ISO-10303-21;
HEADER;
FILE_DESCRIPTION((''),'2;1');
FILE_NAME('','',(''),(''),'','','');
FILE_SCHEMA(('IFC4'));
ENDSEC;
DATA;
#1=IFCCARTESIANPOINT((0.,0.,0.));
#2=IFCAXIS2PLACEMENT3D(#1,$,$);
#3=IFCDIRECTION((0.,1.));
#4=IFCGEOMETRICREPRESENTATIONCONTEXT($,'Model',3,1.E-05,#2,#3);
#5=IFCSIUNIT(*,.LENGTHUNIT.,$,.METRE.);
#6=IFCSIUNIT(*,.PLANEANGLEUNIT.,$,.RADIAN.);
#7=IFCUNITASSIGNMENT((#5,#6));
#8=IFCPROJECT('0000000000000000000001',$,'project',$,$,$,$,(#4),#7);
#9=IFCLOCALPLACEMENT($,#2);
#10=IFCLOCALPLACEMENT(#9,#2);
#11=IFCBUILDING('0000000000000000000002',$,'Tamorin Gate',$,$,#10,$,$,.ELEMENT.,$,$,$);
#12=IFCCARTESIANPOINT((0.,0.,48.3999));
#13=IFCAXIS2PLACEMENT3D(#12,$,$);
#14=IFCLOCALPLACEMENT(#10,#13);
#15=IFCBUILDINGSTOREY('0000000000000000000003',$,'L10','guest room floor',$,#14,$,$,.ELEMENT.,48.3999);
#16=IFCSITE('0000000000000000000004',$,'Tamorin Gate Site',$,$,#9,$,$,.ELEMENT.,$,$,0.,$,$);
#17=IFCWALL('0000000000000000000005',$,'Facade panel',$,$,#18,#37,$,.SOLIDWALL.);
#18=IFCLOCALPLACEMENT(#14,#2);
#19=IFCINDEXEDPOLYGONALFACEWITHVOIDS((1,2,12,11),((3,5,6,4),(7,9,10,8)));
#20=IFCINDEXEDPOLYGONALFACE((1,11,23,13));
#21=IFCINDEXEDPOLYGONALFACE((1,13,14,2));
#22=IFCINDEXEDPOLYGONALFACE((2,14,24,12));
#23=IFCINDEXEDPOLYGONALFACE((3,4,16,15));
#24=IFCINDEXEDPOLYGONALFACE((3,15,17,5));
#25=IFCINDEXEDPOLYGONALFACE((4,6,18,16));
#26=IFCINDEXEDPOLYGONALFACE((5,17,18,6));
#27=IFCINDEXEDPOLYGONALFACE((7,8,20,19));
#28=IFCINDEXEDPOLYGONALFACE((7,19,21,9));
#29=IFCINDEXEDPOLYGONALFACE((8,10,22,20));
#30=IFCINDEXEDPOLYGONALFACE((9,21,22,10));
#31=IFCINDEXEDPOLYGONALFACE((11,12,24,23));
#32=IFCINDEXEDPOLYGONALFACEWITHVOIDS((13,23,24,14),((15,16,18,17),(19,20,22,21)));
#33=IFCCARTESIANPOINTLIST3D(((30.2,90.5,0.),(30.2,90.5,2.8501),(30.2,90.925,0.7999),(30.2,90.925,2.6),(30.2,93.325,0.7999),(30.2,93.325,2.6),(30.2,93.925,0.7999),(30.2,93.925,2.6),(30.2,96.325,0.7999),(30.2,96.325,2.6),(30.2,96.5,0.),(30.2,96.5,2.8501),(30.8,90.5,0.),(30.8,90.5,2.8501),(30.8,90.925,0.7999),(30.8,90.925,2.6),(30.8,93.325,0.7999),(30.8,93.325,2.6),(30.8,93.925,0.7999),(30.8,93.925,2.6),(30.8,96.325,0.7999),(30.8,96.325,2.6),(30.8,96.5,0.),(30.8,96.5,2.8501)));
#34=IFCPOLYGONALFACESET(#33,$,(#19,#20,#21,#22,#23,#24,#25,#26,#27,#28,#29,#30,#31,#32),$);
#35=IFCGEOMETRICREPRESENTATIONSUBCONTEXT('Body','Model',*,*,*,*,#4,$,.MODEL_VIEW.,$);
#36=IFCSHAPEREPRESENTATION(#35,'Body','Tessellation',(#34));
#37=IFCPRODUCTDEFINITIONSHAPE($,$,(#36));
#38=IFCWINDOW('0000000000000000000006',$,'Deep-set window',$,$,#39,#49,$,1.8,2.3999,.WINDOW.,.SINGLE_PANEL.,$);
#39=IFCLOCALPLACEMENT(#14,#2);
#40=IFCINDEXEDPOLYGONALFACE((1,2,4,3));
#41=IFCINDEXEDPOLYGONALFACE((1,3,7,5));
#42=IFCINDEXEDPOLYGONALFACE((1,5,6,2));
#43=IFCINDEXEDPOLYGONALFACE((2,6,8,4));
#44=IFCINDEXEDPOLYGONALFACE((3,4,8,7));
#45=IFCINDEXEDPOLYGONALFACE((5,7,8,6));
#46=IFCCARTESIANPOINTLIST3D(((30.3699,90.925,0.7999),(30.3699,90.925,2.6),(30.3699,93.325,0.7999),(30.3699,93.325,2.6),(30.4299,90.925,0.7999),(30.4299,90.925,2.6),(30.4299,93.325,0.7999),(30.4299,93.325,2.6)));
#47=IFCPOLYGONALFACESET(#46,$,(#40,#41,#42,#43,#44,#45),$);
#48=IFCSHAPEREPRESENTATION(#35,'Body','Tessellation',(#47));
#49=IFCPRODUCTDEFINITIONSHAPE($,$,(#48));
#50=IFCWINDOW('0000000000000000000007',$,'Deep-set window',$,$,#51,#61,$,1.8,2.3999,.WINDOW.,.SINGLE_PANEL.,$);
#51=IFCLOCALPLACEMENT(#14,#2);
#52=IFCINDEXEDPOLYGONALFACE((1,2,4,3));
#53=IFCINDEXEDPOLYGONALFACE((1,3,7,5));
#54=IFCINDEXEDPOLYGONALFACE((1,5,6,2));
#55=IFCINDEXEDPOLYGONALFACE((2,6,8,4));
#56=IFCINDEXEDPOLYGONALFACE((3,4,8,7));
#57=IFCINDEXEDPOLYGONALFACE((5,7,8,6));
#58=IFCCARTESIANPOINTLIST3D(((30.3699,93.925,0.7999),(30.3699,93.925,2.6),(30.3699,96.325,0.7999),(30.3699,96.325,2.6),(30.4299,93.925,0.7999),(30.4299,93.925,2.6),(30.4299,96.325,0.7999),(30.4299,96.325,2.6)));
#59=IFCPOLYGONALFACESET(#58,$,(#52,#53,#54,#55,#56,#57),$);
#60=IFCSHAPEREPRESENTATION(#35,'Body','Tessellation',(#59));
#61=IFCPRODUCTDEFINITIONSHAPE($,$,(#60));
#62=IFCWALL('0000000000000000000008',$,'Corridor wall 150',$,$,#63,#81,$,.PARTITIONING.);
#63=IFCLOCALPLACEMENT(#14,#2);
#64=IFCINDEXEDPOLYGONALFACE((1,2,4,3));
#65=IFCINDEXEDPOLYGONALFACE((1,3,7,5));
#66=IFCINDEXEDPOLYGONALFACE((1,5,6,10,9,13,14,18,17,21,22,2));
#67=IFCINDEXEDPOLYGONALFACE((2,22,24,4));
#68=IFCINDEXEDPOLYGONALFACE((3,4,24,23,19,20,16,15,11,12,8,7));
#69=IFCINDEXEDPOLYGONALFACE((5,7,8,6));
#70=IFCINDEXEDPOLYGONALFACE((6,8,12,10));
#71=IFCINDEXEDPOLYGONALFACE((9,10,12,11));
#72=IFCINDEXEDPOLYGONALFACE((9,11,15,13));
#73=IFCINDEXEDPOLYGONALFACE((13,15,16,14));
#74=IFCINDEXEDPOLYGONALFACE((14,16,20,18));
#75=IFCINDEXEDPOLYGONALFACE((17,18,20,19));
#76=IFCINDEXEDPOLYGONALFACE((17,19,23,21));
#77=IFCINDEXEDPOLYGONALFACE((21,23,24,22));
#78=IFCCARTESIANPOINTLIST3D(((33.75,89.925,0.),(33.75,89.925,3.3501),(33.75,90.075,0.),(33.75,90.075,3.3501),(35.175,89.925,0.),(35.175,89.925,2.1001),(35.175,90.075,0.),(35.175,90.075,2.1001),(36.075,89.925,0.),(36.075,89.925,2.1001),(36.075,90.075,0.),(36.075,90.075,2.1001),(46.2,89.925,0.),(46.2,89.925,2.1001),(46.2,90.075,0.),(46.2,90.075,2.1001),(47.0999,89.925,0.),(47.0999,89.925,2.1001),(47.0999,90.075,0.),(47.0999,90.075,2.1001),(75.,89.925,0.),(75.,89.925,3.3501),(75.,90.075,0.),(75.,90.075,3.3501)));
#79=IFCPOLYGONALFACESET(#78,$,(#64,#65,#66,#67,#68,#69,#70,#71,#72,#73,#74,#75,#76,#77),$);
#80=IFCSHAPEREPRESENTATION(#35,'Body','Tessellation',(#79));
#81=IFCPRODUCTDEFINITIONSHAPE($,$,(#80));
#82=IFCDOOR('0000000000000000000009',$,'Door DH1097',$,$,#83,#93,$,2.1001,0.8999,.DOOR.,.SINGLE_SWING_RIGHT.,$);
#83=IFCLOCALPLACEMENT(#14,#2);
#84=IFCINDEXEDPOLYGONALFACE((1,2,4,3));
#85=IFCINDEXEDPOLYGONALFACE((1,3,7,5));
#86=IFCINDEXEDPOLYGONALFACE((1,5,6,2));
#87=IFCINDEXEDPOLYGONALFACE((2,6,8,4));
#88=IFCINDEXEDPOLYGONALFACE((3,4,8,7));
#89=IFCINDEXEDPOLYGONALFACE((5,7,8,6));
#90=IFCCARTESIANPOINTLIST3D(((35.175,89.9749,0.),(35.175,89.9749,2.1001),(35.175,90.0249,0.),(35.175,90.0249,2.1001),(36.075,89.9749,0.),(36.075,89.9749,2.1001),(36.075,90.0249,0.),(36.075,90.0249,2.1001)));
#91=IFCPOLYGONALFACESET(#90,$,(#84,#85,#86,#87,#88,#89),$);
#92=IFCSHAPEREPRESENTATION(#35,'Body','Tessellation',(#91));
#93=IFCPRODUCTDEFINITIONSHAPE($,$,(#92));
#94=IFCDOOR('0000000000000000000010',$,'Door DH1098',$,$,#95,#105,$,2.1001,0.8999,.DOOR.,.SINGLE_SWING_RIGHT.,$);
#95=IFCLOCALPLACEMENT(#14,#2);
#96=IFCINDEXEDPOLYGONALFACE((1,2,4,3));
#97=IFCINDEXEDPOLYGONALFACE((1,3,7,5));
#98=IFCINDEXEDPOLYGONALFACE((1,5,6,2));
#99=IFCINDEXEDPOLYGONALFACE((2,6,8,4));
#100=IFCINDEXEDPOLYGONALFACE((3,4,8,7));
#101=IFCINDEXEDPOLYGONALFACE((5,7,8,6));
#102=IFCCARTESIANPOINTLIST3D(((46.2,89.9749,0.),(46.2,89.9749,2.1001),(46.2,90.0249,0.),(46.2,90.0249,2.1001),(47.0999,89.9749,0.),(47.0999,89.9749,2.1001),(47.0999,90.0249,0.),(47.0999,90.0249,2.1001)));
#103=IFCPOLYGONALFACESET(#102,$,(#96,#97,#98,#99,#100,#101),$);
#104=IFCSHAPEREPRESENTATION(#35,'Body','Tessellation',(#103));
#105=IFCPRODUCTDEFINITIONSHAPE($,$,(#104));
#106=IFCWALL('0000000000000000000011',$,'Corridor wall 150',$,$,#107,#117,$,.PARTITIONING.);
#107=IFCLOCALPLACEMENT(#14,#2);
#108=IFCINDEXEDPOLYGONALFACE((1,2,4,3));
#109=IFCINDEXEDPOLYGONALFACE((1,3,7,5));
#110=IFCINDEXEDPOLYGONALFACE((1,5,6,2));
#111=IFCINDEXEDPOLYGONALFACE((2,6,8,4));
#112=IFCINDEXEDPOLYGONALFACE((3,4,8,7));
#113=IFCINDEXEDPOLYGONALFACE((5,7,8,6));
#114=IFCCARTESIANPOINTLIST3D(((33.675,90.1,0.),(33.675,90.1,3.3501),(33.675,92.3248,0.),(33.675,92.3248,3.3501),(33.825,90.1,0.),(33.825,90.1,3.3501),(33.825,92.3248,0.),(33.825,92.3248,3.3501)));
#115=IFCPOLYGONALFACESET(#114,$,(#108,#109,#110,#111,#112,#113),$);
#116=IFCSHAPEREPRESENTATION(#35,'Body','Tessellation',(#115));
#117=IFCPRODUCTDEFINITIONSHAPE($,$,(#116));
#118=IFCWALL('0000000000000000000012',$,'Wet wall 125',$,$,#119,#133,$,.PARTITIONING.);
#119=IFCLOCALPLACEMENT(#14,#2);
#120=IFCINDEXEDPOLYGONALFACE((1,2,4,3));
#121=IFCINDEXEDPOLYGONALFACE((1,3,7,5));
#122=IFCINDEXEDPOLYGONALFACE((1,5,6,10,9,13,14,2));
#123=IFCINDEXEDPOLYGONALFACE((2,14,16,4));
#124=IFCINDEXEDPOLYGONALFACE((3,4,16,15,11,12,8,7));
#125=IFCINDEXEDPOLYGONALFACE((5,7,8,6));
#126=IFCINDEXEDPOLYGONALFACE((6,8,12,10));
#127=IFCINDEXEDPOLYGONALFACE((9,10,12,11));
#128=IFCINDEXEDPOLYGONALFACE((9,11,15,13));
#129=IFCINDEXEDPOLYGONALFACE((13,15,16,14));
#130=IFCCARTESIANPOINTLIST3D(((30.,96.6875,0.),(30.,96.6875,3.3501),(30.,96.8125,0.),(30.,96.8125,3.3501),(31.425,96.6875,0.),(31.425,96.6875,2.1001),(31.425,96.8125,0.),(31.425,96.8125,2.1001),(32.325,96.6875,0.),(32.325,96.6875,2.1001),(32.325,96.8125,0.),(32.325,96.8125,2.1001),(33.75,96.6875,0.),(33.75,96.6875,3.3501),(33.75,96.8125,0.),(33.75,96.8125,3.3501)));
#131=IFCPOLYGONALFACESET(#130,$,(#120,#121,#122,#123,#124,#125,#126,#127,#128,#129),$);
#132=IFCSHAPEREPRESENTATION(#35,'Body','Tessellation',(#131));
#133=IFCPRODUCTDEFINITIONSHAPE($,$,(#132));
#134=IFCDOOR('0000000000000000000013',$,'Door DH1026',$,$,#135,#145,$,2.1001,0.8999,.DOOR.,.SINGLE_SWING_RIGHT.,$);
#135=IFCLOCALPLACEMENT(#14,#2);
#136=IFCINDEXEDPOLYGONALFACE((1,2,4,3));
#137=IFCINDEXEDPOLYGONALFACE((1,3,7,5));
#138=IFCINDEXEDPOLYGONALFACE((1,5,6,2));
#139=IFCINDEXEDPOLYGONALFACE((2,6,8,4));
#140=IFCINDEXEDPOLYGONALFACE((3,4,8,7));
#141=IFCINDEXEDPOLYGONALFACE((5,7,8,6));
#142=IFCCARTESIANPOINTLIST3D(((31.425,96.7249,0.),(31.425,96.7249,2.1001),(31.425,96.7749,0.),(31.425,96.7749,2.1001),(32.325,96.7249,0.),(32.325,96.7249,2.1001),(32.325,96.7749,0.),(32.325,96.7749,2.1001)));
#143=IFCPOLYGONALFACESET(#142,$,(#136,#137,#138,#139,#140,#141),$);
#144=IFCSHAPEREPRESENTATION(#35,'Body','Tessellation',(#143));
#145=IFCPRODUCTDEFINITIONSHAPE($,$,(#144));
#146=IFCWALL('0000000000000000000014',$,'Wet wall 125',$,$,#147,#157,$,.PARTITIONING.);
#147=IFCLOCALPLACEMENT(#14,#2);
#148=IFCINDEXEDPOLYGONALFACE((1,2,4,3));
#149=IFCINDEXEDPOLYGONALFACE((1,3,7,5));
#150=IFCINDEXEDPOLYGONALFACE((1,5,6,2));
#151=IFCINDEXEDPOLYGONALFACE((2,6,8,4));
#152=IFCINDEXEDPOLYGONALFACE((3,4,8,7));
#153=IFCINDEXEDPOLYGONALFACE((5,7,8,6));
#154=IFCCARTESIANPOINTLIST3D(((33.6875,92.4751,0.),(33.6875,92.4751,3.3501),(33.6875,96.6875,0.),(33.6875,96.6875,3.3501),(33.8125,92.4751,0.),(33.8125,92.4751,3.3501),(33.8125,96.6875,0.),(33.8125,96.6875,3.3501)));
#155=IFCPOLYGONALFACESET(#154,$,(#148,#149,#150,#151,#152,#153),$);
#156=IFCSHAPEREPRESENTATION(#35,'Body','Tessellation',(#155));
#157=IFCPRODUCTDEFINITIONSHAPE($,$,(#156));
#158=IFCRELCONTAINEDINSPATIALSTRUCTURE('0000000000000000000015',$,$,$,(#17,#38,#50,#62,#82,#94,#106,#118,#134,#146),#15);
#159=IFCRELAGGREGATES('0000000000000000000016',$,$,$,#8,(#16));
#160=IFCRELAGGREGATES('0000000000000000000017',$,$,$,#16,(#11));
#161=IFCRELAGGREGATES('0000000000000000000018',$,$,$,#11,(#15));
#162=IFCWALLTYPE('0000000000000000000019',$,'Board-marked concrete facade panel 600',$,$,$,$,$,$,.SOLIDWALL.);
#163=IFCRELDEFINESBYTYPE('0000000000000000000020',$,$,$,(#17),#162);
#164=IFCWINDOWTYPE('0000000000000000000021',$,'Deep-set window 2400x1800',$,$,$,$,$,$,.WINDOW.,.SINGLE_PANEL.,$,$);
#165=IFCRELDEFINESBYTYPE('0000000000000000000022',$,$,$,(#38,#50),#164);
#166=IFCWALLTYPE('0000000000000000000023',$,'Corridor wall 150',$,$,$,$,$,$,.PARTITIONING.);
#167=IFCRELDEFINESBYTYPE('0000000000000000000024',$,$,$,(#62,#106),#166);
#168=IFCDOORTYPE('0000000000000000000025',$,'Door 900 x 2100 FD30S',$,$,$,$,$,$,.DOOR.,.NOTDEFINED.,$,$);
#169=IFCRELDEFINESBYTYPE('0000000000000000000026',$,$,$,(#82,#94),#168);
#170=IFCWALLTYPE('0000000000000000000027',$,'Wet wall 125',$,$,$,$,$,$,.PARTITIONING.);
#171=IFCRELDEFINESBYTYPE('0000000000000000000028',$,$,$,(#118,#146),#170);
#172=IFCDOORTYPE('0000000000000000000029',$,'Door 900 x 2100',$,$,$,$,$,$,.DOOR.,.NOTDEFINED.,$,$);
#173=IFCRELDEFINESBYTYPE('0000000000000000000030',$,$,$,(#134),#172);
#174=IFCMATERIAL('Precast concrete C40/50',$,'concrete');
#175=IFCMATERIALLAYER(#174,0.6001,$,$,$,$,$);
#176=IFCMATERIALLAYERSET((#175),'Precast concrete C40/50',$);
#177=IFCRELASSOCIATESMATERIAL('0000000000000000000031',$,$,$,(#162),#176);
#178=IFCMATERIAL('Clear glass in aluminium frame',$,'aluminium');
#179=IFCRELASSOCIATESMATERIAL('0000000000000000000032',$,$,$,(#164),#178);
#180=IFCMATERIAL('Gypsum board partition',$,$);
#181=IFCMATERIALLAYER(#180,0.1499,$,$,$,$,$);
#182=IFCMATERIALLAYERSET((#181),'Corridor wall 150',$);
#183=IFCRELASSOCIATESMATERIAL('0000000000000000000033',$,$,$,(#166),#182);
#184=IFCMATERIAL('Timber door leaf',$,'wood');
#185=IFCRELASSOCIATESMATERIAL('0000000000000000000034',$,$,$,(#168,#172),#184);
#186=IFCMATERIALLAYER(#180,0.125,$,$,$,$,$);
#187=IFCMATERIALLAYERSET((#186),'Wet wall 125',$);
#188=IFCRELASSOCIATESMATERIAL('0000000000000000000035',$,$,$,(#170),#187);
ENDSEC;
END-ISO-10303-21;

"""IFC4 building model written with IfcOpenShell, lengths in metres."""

from ifc_helpers import new_model, si_unit, direction, frame, frame_2d, origin, place, context, subcontext, project, spatial, rectangle, extrude, material, layer, layer_set, type_object, element, fill, save


model = new_model("IFC4")

# Units and contexts
model_context = context("Model", 3, precision=1e-05, world=origin(), true_north=direction((0.0, 1.0)))
body_context = subcontext(model_context, "Body", "Model", "MODEL_VIEW")
ifc_project = project(units=[si_unit("LENGTHUNIT", "METRE"), si_unit("PLANEANGLEUNIT", "RADIAN")], contexts=[model_context])

# Site, building, storey
site_placement = place(None, origin())
site = spatial("IfcSite", under=ifc_project, at=site_placement, Name="Tamorin Gate Site", CompositionType="ELEMENT", RefElevation=0.0)
building_placement = place(site_placement, origin())
building = spatial("IfcBuilding", under=site, at=building_placement, Name="Tamorin Gate", CompositionType="ELEMENT")
storey_placement = place(building_placement, frame((0.0, 0.0, 48.3999)))
storey = spatial("IfcBuildingStorey", under=building, at=storey_placement, Name="L10", Description="guest room floor", CompositionType="ELEMENT", Elevation=48.3999)

# Wall, openings, windows
ifc_material_1 = material(Name="Precast concrete C40/50", Category="concrete")
ifc_layer_1 = layer(ifc_material_1, 0.6001)
ifc_layer_set_1 = layer_set([ifc_layer_1], Name="Precast concrete C40/50")
wall_type_1 = type_object("IfcWallType", Name="Board-marked concrete facade panel 600", PredefinedType="SOLIDWALL", material=ifc_layer_set_1)
wall_1_placement = place(storey_placement, frame((30.5, 96.5, 0.0), z_axis=(0.0, 0.0, 1.0), x_axis=(0.0, -1.0, 0.0)))
wall_1 = element("IfcWall", 1, at=wall_1_placement, inside=storey, type_object=wall_type_1, Name="Facade panel", PredefinedType="SOLIDWALL", context=body_context, shape_type="SweptSolid", body=[
    extrude(rectangle(XDim=6.0, YDim=0.6001, at=frame_2d((3.0, 0.0))), origin(), (0.0, 0.0, 1.0), 2.8501),
])
opening_1_placement = place(wall_1_placement, frame((3.175, 0.0, 0.8)))
opening_1 = element("IfcOpeningElement", 2, at=opening_1_placement, cuts=wall_1, PredefinedType="OPENING", context=body_context, shape_type="SweptSolid", body=[
    extrude(rectangle(XDim=2.3999, YDim=1.8, at=frame_2d((1.2, 0.8999))), frame((0.0, 0.3101, 0.0), z_axis=(0.0, -1.0, 0.0), x_axis=(1.0, 0.0, 0.0)), (0.0, 0.0, 1.0), 0.6201),
])
opening_2_placement = place(wall_1_placement, frame((0.175, 0.0, 0.8)))
opening_2 = element("IfcOpeningElement", 3, at=opening_2_placement, cuts=wall_1, PredefinedType="OPENING", context=body_context, shape_type="SweptSolid", body=[
    extrude(rectangle(XDim=2.3999, YDim=1.8, at=frame_2d((1.2, 0.8999))), frame((0.0, 0.3101, 0.0), z_axis=(0.0, -1.0, 0.0), x_axis=(1.0, 0.0, 0.0)), (0.0, 0.0, 1.0), 0.6201),
])
ifc_material_2 = material(Name="Clear glass in aluminium frame", Category="aluminium")
window_type = type_object("IfcWindowType", Name="Deep-set window 2400x1800", PartitioningType="SINGLE_PANEL", PredefinedType="WINDOW", material=ifc_material_2)
window_1_placement = place(opening_1_placement, origin())
window_1 = element("IfcWindow", 4, at=window_1_placement, inside=storey, type_object=window_type, Name="Deep-set window", OverallHeight=1.8, OverallWidth=2.3999, PartitioningType="SINGLE_PANEL", PredefinedType="WINDOW", context=body_context, shape_type="SweptSolid", body=[
    extrude(rectangle(XDim=2.3999, YDim=1.8, at=frame_2d((1.2, 0.8999))), frame((0.0, -0.0701, 0.0), z_axis=(0.0, -1.0, 0.0), x_axis=(1.0, 0.0, 0.0)), (0.0, 0.0, 1.0), 0.0601),
])
fill(opening_1, window_1)
window_2_placement = place(opening_2_placement, origin())
window_2 = element("IfcWindow", 5, at=window_2_placement, inside=storey, type_object=window_type, Name="Deep-set window", OverallHeight=1.8, OverallWidth=2.3999, PartitioningType="SINGLE_PANEL", PredefinedType="WINDOW", context=body_context, shape_type="SweptSolid", body=[
    extrude(rectangle(XDim=2.3999, YDim=1.8, at=frame_2d((1.2, 0.8999))), frame((0.0, -0.0701, 0.0), z_axis=(0.0, -1.0, 0.0), x_axis=(1.0, 0.0, 0.0)), (0.0, 0.0, 1.0), 0.0601),
])
fill(opening_2, window_2)

# Wall, openings, doors
ifc_material_3 = material(Name="Gypsum board partition")
ifc_layer_2 = layer(ifc_material_3, 0.1499)
ifc_layer_set_2 = layer_set([ifc_layer_2], Name="Corridor wall 150")
wall_type_2 = type_object("IfcWallType", Name="Corridor wall 150", PredefinedType="PARTITIONING", material=ifc_layer_set_2)
wall_2_placement = place(storey_placement, frame((33.75, 90.0, 0.0), z_axis=(0.0, 0.0, 1.0), x_axis=(1.0, 0.0, 0.0)))
wall_2 = element("IfcWall", 6, at=wall_2_placement, inside=storey, type_object=wall_type_2, Name="Corridor wall 150", PredefinedType="PARTITIONING", context=body_context, shape_type="SweptSolid", body=[
    extrude(rectangle(XDim=41.25, YDim=0.1499, at=frame_2d((20.625, 0.0))), origin(), (0.0, 0.0, 1.0), 3.3501),
])
opening_3_placement = place(wall_2_placement, frame((1.425, 0.0, 0.0)))
opening_3 = element("IfcOpeningElement", 7, at=opening_3_placement, cuts=wall_2, PredefinedType="OPENING", context=body_context, shape_type="SweptSolid", body=[
    extrude(rectangle(XDim=0.8999, YDim=2.1001, at=frame_2d((0.45, 1.05))), frame((0.0, 0.085, 0.0), z_axis=(0.0, -1.0, 0.0), x_axis=(1.0, 0.0, 0.0)), (0.0, 0.0, 1.0), 0.1699),
])
opening_4_placement = place(wall_2_placement, frame((12.45, 0.0, 0.0)))
opening_4 = element("IfcOpeningElement", 8, at=opening_4_placement, cuts=wall_2, PredefinedType="OPENING", context=body_context, shape_type="SweptSolid", body=[
    extrude(rectangle(XDim=0.8999, YDim=2.1001, at=frame_2d((0.45, 1.05))), frame((0.0, 0.085, 0.0), z_axis=(0.0, -1.0, 0.0), x_axis=(1.0, 0.0, 0.0)), (0.0, 0.0, 1.0), 0.1699),
])
ifc_material_4 = material(Name="Timber door leaf", Category="wood")
door_type_1 = type_object("IfcDoorType", Name="Door 900 x 2100 FD30S", OperationType="NOTDEFINED", PredefinedType="DOOR", material=ifc_material_4)
door_1_placement = place(opening_3_placement, origin())
door_1 = element("IfcDoor", 9, at=door_1_placement, inside=storey, type_object=door_type_1, Name="Door DH1097", OperationType="SINGLE_SWING_RIGHT", OverallHeight=2.1001, OverallWidth=0.8999, PredefinedType="DOOR", context=body_context, shape_type="SweptSolid", body=[
    extrude(rectangle(XDim=0.8999, YDim=2.1001, at=frame_2d((0.45, 1.05))), frame((0.0, 0.0249, 0.0), z_axis=(0.0, -1.0, 0.0), x_axis=(1.0, 0.0, 0.0)), (0.0, 0.0, 1.0), 0.05),
])
fill(opening_3, door_1)
door_2_placement = place(opening_4_placement, origin())
door_2 = element("IfcDoor", 10, at=door_2_placement, inside=storey, type_object=door_type_1, Name="Door DH1098", OperationType="SINGLE_SWING_RIGHT", OverallHeight=2.1001, OverallWidth=0.8999, PredefinedType="DOOR", context=body_context, shape_type="SweptSolid", body=[
    extrude(rectangle(XDim=0.8999, YDim=2.1001, at=frame_2d((0.45, 1.05))), frame((0.0, 0.0249, 0.0), z_axis=(0.0, -1.0, 0.0), x_axis=(1.0, 0.0, 0.0)), (0.0, 0.0, 1.0), 0.05),
])
fill(opening_4, door_2)

# Wall
wall_3_placement = place(storey_placement, frame((33.75, 90.1001, 0.0), z_axis=(0.0, 0.0, 1.0), x_axis=(0.0, 1.0, 0.0)))
element("IfcWall", 11, at=wall_3_placement, inside=storey, type_object=wall_type_2, Name="Corridor wall 150", PredefinedType="PARTITIONING", context=body_context, shape_type="SweptSolid", body=[
    extrude(rectangle(XDim=2.2249, YDim=0.1499, at=frame_2d((1.1123, 0.0))), origin(), (0.0, 0.0, 1.0), 3.3501),
])

# Wall, opening, door
ifc_layer_3 = layer(ifc_material_3, 0.125)
ifc_layer_set_3 = layer_set([ifc_layer_3], Name="Wet wall 125")
wall_type_3 = type_object("IfcWallType", Name="Wet wall 125", PredefinedType="PARTITIONING", material=ifc_layer_set_3)
wall_4_placement = place(storey_placement, frame((30.0, 96.75, 0.0), z_axis=(0.0, 0.0, 1.0), x_axis=(1.0, 0.0, 0.0)))
wall_4 = element("IfcWall", 12, at=wall_4_placement, inside=storey, type_object=wall_type_3, Name="Wet wall 125", PredefinedType="PARTITIONING", context=body_context, shape_type="SweptSolid", body=[
    extrude(rectangle(XDim=3.75, YDim=0.125, at=frame_2d((1.875, 0.0))), origin(), (0.0, 0.0, 1.0), 3.3501),
])
opening_5_placement = place(wall_4_placement, frame((1.425, 0.0, 0.0)))
opening_5 = element("IfcOpeningElement", 13, at=opening_5_placement, cuts=wall_4, PredefinedType="OPENING", context=body_context, shape_type="SweptSolid", body=[
    extrude(rectangle(XDim=0.8999, YDim=2.1001, at=frame_2d((0.45, 1.05))), frame((0.0, 0.0725, 0.0), z_axis=(0.0, -1.0, 0.0), x_axis=(1.0, 0.0, 0.0)), (0.0, 0.0, 1.0), 0.145),
])
door_type_2 = type_object("IfcDoorType", Name="Door 900 x 2100", OperationType="NOTDEFINED", PredefinedType="DOOR", material=ifc_material_4)
door_3_placement = place(opening_5_placement, origin())
door_3 = element("IfcDoor", 14, at=door_3_placement, inside=storey, type_object=door_type_2, Name="Door DH1026", OperationType="SINGLE_SWING_RIGHT", OverallHeight=2.1001, OverallWidth=0.8999, PredefinedType="DOOR", context=body_context, shape_type="SweptSolid", body=[
    extrude(rectangle(XDim=0.8999, YDim=2.1001, at=frame_2d((0.45, 1.05))), frame((0.0, 0.0249, 0.0), z_axis=(0.0, -1.0, 0.0), x_axis=(1.0, 0.0, 0.0)), (0.0, 0.0, 1.0), 0.05),
])
fill(opening_5, door_3)

# Wall
wall_5_placement = place(storey_placement, frame((33.75, 92.4751, 0.0), z_axis=(0.0, 0.0, 1.0), x_axis=(0.0, 1.0, 0.0)))
element("IfcWall", 15, at=wall_5_placement, inside=storey, type_object=wall_type_3, Name="Wet wall 125", PredefinedType="PARTITIONING", context=body_context, shape_type="SweptSolid", body=[
    extrude(rectangle(XDim=4.2124, YDim=0.125, at=frame_2d((2.1062, 0.0))), origin(), (0.0, 0.0, 1.0), 3.3501),
])

save(model, "model.ifc")
